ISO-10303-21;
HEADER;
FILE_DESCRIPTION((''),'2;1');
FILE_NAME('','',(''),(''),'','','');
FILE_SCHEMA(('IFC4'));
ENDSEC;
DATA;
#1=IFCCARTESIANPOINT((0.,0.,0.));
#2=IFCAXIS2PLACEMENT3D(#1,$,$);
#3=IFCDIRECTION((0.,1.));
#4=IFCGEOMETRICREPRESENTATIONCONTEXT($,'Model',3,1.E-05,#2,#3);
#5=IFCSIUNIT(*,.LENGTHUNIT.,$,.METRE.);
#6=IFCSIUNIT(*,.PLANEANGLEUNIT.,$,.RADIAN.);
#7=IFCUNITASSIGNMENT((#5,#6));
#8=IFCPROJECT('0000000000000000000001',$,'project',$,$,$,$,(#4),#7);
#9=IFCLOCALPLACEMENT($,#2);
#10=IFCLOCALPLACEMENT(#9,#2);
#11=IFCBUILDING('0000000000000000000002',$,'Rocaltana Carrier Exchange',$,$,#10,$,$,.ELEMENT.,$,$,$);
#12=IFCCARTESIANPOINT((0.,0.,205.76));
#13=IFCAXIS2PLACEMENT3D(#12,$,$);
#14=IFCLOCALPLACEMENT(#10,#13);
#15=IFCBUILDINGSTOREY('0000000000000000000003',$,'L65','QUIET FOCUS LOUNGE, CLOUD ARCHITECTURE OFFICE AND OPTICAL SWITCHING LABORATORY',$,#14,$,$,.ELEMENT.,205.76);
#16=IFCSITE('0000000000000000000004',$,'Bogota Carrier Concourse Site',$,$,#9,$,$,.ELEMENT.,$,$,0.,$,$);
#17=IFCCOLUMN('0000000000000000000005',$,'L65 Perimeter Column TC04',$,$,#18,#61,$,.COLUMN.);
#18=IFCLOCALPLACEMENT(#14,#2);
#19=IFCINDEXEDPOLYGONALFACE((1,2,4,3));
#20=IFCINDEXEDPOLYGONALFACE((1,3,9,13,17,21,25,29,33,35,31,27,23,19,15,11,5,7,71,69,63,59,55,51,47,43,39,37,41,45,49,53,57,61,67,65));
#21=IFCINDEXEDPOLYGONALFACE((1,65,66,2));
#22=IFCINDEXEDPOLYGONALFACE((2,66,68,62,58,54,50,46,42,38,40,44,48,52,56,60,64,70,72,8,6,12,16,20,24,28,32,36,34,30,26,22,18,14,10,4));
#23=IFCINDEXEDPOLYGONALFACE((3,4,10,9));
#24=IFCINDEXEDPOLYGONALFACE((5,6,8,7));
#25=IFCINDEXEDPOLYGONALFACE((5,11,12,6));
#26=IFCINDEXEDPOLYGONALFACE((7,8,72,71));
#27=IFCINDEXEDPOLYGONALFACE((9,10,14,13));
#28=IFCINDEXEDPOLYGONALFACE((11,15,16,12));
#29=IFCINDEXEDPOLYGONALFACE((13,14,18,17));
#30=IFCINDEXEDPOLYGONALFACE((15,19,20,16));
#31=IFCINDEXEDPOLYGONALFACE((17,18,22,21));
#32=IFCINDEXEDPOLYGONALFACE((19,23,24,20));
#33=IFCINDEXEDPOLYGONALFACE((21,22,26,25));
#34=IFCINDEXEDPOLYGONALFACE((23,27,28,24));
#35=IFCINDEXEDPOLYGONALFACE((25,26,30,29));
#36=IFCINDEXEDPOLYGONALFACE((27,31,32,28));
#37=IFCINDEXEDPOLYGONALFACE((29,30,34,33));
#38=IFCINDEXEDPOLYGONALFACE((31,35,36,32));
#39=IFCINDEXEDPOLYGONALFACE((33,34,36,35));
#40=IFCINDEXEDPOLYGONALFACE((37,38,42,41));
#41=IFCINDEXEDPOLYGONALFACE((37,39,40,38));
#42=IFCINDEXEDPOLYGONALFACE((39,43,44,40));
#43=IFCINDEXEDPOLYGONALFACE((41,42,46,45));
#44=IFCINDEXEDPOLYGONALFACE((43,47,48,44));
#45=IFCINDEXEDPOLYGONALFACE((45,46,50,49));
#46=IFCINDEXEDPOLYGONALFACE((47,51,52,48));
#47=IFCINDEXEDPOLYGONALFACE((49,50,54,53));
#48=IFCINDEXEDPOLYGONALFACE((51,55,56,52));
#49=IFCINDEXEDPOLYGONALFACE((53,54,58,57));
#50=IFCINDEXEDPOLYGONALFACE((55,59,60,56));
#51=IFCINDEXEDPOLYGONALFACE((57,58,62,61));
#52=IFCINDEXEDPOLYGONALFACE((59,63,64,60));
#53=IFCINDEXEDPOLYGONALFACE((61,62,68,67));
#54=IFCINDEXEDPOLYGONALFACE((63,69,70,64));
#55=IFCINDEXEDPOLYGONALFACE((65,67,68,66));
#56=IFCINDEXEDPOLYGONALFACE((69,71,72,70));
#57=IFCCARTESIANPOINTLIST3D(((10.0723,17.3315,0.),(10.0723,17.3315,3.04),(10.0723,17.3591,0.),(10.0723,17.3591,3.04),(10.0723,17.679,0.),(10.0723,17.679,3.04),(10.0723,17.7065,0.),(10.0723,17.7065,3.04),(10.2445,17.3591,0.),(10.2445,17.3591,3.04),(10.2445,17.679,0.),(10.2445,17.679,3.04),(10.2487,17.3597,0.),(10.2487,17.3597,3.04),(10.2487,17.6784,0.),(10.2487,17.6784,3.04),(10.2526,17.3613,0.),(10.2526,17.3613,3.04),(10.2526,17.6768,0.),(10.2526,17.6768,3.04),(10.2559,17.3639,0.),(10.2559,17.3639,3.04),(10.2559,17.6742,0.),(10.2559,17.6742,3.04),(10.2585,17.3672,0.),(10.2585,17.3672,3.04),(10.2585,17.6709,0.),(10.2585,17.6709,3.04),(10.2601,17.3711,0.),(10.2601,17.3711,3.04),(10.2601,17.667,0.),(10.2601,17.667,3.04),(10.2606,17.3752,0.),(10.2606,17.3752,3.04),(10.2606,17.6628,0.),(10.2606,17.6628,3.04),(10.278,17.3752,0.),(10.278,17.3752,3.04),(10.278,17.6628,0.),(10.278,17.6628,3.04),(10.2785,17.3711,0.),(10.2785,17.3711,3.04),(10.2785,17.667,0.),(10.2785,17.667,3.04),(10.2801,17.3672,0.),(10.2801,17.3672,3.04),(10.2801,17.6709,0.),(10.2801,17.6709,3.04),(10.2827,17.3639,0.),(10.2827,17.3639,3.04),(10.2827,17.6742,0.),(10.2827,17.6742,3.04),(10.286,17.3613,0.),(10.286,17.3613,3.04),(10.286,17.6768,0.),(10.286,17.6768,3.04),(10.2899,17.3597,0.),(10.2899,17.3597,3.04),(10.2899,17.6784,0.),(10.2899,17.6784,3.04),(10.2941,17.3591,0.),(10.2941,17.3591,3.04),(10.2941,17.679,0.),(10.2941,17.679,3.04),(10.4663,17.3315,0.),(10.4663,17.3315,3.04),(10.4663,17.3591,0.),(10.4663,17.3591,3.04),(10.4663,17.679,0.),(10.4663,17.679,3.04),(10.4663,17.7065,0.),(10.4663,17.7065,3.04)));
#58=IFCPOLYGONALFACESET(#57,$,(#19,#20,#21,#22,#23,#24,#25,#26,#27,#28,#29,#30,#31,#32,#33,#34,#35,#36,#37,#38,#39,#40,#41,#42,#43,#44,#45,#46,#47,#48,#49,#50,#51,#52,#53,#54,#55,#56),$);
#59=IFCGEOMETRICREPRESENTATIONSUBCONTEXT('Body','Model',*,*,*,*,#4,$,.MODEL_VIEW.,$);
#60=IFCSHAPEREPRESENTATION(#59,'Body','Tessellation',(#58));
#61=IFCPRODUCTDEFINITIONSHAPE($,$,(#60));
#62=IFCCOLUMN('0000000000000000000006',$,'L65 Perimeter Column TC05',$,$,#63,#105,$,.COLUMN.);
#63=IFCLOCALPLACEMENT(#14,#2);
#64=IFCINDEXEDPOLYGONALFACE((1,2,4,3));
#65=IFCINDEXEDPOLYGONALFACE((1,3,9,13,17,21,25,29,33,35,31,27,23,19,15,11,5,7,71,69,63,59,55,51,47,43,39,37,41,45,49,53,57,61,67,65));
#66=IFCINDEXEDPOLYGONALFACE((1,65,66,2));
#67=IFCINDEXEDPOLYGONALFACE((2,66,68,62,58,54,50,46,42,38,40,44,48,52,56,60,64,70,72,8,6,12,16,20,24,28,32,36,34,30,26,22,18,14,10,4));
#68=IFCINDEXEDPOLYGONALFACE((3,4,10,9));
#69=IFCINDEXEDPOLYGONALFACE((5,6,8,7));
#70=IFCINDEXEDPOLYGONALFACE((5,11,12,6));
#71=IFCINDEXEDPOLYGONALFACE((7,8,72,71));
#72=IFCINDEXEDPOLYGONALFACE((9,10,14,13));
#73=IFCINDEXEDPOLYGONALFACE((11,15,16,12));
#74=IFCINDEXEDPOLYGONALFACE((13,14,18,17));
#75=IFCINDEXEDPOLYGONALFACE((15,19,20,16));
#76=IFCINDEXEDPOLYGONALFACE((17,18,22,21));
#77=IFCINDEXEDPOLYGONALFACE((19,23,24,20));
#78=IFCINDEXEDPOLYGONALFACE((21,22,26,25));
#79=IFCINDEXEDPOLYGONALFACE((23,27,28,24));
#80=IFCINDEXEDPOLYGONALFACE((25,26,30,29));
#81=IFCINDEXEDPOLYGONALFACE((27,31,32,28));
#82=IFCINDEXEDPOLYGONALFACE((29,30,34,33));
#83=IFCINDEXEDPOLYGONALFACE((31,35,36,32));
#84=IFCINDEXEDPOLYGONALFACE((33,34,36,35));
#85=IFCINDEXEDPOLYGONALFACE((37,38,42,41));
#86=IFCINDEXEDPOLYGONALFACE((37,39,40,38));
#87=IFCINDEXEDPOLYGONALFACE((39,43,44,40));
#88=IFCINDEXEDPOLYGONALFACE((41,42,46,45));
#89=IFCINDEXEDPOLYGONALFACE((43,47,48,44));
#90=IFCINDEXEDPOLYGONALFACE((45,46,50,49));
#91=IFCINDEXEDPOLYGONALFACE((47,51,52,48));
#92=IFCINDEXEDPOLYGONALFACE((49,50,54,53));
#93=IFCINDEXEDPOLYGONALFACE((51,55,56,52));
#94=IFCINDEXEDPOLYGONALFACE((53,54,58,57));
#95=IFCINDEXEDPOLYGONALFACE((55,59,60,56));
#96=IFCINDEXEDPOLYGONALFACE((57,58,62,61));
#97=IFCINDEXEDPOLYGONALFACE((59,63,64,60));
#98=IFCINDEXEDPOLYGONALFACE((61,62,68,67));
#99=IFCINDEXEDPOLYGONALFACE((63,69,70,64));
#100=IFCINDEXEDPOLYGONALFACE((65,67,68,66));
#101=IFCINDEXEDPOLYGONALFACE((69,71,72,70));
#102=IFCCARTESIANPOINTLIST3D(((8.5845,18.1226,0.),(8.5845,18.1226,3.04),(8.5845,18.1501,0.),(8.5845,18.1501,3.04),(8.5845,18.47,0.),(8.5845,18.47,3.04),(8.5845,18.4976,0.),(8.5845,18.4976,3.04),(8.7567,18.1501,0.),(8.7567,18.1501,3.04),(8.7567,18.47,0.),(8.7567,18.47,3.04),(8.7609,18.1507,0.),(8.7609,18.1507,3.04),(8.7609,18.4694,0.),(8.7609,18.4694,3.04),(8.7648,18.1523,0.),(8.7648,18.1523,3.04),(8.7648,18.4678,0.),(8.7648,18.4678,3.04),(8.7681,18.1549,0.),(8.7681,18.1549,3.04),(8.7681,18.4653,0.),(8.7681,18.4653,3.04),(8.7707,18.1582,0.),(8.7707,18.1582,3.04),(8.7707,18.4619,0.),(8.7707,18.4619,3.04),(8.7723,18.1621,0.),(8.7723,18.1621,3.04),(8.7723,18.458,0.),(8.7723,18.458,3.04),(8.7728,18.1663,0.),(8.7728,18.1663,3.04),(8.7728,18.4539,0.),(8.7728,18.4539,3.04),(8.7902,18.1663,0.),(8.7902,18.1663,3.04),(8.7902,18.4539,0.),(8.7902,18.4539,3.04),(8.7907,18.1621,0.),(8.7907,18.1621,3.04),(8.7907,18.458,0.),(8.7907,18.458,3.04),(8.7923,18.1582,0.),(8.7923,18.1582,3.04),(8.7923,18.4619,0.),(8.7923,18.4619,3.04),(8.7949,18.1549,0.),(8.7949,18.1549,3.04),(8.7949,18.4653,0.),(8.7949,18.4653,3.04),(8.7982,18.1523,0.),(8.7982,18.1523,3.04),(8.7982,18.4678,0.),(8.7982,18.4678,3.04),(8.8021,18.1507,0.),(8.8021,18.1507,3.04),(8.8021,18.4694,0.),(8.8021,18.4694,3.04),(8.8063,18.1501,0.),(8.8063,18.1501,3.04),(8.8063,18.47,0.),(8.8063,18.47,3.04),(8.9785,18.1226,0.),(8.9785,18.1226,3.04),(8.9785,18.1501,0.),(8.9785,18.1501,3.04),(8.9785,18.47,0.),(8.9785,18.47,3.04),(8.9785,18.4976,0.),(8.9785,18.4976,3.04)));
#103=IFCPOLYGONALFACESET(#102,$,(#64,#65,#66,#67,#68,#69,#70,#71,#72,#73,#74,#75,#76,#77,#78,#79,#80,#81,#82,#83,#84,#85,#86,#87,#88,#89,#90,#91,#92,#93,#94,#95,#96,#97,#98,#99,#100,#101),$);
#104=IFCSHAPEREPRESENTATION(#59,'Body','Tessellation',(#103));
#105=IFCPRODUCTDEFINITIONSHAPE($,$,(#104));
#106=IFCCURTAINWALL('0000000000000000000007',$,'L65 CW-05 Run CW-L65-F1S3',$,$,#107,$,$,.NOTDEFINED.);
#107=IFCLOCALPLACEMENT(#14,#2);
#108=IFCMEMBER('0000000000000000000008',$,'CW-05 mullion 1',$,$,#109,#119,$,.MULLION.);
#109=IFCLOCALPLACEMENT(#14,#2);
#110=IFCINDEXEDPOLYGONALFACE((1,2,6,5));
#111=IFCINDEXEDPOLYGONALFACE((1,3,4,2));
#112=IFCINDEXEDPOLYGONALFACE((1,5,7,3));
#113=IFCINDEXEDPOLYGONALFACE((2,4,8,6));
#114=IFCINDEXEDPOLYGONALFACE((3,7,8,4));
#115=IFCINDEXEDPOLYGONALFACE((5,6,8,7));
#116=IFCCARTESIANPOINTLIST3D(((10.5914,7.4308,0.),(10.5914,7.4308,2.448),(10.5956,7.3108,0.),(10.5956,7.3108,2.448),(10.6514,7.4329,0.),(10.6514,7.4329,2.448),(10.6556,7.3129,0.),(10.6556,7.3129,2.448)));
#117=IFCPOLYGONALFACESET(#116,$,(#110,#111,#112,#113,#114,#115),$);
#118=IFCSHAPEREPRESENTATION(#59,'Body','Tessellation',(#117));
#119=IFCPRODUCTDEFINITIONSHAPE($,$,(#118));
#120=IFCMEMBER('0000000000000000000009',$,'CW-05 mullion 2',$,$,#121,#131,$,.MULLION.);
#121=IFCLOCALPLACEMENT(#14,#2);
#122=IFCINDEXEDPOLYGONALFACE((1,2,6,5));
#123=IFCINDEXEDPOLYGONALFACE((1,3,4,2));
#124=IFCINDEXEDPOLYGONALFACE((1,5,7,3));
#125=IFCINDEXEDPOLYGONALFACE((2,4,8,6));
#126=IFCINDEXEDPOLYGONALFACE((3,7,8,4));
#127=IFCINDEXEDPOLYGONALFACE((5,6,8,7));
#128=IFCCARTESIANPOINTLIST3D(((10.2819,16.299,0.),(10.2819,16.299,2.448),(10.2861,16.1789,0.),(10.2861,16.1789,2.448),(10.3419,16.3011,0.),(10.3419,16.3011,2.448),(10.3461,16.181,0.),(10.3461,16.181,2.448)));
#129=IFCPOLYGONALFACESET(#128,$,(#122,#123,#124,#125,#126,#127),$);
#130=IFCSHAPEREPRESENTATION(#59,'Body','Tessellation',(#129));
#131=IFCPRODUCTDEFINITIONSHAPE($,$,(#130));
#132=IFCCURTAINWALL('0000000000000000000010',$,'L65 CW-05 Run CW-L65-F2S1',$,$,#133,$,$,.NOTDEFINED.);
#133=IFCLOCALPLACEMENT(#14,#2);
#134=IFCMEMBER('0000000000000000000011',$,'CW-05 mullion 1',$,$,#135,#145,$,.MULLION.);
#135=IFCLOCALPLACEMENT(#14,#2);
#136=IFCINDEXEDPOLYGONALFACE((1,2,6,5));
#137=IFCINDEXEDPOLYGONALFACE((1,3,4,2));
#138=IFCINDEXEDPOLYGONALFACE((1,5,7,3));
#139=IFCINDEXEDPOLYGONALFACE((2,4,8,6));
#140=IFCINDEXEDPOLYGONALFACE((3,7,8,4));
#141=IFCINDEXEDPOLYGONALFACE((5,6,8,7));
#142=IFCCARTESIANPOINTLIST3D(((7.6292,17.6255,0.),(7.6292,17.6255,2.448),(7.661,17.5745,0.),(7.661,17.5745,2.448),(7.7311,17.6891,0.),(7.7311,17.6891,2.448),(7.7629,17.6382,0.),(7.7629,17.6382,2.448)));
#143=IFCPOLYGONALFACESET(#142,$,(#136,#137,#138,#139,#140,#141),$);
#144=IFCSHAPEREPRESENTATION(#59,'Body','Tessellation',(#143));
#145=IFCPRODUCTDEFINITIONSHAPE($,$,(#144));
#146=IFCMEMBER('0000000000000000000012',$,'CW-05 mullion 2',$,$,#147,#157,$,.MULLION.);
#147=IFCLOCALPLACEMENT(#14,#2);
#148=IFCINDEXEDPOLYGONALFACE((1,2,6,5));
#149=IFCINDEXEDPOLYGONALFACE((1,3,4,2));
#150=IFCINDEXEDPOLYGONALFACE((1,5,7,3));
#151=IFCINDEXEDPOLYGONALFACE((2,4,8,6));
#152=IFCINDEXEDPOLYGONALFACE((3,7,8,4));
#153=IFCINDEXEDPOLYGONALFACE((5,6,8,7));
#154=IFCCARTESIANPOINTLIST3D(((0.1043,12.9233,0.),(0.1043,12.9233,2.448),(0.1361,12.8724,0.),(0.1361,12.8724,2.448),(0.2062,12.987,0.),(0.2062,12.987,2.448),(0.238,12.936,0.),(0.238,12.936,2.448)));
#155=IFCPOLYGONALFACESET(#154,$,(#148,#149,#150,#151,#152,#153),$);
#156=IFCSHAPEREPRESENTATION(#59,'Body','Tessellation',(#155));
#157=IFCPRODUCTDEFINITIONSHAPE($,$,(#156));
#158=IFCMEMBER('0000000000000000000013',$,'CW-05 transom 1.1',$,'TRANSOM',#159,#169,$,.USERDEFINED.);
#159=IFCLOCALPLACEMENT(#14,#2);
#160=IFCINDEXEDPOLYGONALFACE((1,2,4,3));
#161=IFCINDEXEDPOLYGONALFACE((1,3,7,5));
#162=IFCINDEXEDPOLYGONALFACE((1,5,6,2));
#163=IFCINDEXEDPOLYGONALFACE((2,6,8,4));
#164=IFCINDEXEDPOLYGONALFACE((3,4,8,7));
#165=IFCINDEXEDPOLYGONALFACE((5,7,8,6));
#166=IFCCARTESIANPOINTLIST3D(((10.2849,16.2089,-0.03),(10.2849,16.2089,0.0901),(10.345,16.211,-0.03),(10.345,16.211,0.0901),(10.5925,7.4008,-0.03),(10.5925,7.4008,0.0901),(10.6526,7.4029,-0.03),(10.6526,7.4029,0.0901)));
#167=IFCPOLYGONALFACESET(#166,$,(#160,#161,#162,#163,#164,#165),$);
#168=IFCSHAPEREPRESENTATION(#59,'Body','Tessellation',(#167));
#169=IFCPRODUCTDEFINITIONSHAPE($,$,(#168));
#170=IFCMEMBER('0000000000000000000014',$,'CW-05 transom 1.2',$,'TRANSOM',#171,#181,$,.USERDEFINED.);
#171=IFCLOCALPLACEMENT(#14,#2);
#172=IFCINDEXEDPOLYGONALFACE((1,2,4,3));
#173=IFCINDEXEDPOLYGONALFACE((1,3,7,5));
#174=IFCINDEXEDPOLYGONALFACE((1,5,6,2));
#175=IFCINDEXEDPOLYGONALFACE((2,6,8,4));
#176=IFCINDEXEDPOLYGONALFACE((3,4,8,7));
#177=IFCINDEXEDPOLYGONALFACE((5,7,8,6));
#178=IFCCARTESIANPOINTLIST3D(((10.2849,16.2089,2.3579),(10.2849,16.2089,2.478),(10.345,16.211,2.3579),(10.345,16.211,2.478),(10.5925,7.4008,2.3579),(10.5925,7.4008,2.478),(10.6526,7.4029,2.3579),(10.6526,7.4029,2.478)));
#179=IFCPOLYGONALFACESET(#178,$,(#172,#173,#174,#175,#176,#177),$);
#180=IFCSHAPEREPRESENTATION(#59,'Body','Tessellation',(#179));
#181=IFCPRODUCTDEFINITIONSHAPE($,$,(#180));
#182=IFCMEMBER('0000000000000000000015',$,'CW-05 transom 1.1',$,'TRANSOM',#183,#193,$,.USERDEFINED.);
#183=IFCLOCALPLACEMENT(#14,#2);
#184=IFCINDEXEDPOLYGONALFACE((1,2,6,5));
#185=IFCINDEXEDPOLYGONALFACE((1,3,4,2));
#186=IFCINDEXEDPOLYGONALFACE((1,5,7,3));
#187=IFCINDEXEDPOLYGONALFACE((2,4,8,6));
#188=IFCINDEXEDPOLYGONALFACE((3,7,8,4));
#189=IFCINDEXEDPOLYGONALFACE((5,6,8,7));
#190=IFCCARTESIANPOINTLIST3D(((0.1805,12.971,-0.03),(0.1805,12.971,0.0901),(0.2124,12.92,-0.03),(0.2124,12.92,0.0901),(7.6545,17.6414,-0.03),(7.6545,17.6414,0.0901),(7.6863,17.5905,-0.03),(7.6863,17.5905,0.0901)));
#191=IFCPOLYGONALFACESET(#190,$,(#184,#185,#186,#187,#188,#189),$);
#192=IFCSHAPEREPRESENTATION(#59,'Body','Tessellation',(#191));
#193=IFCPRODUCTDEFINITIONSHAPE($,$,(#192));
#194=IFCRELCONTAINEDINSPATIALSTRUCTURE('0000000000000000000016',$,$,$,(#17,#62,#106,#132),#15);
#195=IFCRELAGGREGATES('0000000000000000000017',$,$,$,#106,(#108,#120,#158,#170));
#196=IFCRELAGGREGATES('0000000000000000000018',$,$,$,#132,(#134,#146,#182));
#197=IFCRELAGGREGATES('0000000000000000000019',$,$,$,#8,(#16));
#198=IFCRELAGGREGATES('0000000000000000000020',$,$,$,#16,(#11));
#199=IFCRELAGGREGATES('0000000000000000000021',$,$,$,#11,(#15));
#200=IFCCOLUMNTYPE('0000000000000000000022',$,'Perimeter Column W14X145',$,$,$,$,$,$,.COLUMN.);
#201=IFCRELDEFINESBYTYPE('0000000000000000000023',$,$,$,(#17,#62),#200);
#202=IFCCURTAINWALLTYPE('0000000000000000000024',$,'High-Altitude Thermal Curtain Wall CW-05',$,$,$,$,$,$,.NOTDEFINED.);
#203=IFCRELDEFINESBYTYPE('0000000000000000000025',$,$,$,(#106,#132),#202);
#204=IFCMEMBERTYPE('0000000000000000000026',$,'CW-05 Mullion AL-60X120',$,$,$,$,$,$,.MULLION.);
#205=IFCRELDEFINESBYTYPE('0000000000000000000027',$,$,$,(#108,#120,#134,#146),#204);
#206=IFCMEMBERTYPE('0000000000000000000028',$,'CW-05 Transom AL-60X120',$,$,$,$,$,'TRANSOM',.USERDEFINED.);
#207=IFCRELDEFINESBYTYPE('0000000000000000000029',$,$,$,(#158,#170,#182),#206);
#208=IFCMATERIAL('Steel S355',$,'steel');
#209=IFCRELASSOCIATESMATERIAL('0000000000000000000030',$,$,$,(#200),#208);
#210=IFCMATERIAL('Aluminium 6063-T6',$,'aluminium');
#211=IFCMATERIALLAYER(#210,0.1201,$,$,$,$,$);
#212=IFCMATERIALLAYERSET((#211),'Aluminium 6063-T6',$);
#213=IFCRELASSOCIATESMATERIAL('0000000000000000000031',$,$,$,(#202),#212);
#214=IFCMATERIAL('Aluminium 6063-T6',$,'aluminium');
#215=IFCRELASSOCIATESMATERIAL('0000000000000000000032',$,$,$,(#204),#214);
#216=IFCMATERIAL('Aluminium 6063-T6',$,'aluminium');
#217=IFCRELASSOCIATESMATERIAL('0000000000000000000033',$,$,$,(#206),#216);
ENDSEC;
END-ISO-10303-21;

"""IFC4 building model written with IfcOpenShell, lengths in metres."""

from ifc_helpers import new_model, si_unit, direction, frame, origin, origin_2d, place, context, subcontext, project, spatial, rectangle, i_section, extrude, material, layer, layer_set, material_profile, profile_set, type_object, element, aggregate, save


model = new_model("IFC4")

# Units and contexts
model_context = context("Model", 3, precision=1e-05, world=origin(), true_north=direction((0.0, 1.0)))
body_context = subcontext(model_context, "Body", "Model", "MODEL_VIEW")
ifc_project = project(units=[si_unit("LENGTHUNIT", "METRE"), si_unit("PLANEANGLEUNIT", "RADIAN")], contexts=[model_context])

# Site, building, storey
site_placement = place(None, origin())
site = spatial("IfcSite", under=ifc_project, at=site_placement, Name="Bogota Carrier Concourse Site", CompositionType="ELEMENT", RefElevation=0.0)
building_placement = place(site_placement, origin())
building = spatial("IfcBuilding", under=site, at=building_placement, Name="Rocaltana Carrier Exchange", CompositionType="ELEMENT")
storey_placement = place(building_placement, frame((0.0, 0.0, 205.76)))
storey = spatial("IfcBuildingStorey", under=building, at=storey_placement, Name="L65", Description="QUIET FOCUS LOUNGE, CLOUD ARCHITECTURE OFFICE AND OPTICAL SWITCHING LABORATORY", CompositionType="ELEMENT", Elevation=205.76)

# Columns
ifc_material_1 = material(Name="Steel S355", Category="steel")
ifc_material_profile_1 = material_profile(ifc_material_1, i_section(OverallWidth=0.394, OverallDepth=0.375, WebThickness=0.0173, FlangeThickness=0.0276, FilletRadius=0.0161, at=origin_2d()), Name="W14X145")
ifc_profile_set_1 = profile_set([ifc_material_profile_1], Name="Steel S355")
column_type = type_object("IfcColumnType", Name="Perimeter Column W14X145", PredefinedType="COLUMN", material=ifc_profile_set_1)
for number, where, z_axis, x_axis, name in (
    (1, (10.2693, 17.519, 0.0), (0.0, 0.0, 1.0), (1.0, 0.0, 0.0), "L65 Perimeter Column TC04"),
    (2, (8.7815, 18.3101, 0.0), (0.0, 0.0, 1.0), (1.0, 0.0, 0.0), "L65 Perimeter Column TC05"),
):
    element("IfcColumn", number, at=place(storey_placement, frame(where, z_axis=z_axis, x_axis=x_axis)), inside=storey, type_object=column_type, Name=name, PredefinedType="COLUMN", context=body_context, shape_type="SweptSolid", body=[
        extrude(i_section(OverallWidth=0.394, OverallDepth=0.375, WebThickness=0.0173, FlangeThickness=0.0276, FilletRadius=0.0161, at=origin_2d()), origin(), (0.0, 0.0, 1.0), 3.04),
    ])

# Curtain walls, members
ifc_material_2 = material(Name="Aluminium 6063-T6", Category="aluminium")
ifc_layer_1 = layer(ifc_material_2, 0.1201)
ifc_layer_set_1 = layer_set([ifc_layer_1], Name="Aluminium 6063-T6")
curtain_wall_type = type_object("IfcCurtainWallType", Name="High-Altitude Thermal Curtain Wall CW-05", PredefinedType="NOTDEFINED", material=ifc_layer_set_1)
curtain_wall_1_placement = place(storey_placement, origin())
curtain_wall_1 = element("IfcCurtainWall", 3, at=curtain_wall_1_placement, inside=storey, type_object=curtain_wall_type, Name="L65 CW-05 Run CW-L65-F1S3", PredefinedType="NOTDEFINED")
ifc_material_3 = material(Name="Aluminium 6063-T6", Category="aluminium")
ifc_material_profile_2 = material_profile(ifc_material_3, rectangle(XDim=0.0601, YDim=0.1201, at=origin_2d()), Name="AL-60X120")
ifc_profile_set_2 = profile_set([ifc_material_profile_2], Name="Aluminium 6063-T6")
member_type_1 = type_object("IfcMemberType", Name="CW-05 Mullion AL-60X120", PredefinedType="MULLION", material=ifc_profile_set_2)
member_1_placement = place(storey_placement, frame((10.6235, 7.3718, 0.0), z_axis=(0.0, 0.0, 1.0), x_axis=(-0.999391, -0.034903, 0.0)))
member_1 = element("IfcMember", 4, at=member_1_placement, type_object=member_type_1, Name="CW-05 mullion 1", PredefinedType="MULLION", context=body_context, shape_type="SweptSolid", body=[
    extrude(rectangle(XDim=0.0601, YDim=0.1201, at=origin_2d()), origin(), (0.0, 0.0, 1.0), 2.448),
])
member_2_placement = place(storey_placement, frame((10.314, 16.24, 0.0), z_axis=(0.0, 0.0, 1.0), x_axis=(-0.999391, -0.034903, 0.0)))
member_2 = element("IfcMember", 5, at=member_2_placement, type_object=member_type_1, Name="CW-05 mullion 2", PredefinedType="MULLION", context=body_context, shape_type="SweptSolid", body=[
    extrude(rectangle(XDim=0.0601, YDim=0.1201, at=origin_2d()), origin(), (0.0, 0.0, 1.0), 2.448),
])
curtain_wall_2_placement = place(storey_placement, origin())
curtain_wall_2 = element("IfcCurtainWall", 6, at=curtain_wall_2_placement, inside=storey, type_object=curtain_wall_type, Name="L65 CW-05 Run CW-L65-F2S1", PredefinedType="NOTDEFINED")
member_3_placement = place(storey_placement, frame((7.696, 17.6318, 0.0), z_axis=(0.0, 0.0, 1.0), x_axis=(0.529929, -0.848042, 0.0)))
member_3 = element("IfcMember", 7, at=member_3_placement, type_object=member_type_1, Name="CW-05 mullion 1", PredefinedType="MULLION", context=body_context, shape_type="SweptSolid", body=[
    extrude(rectangle(XDim=0.0601, YDim=0.1201, at=origin_2d()), origin(), (0.0, 0.0, 1.0), 2.448),
])
member_4_placement = place(storey_placement, frame((0.1711, 12.9297, 0.0), z_axis=(0.0, 0.0, 1.0), x_axis=(0.529929, -0.848042, 0.0)))
member_4 = element("IfcMember", 8, at=member_4_placement, type_object=member_type_1, Name="CW-05 mullion 2", PredefinedType="MULLION", context=body_context, shape_type="SweptSolid", body=[
    extrude(rectangle(XDim=0.0601, YDim=0.1201, at=origin_2d()), origin(), (0.0, 0.0, 1.0), 2.448),
])

# Members
ifc_material_4 = material(Name="Aluminium 6063-T6", Category="aluminium")
ifc_material_profile_3 = material_profile(ifc_material_4, rectangle(XDim=0.0601, YDim=0.1201, at=origin_2d()), Name="AL-60X120")
ifc_profile_set_3 = profile_set([ifc_material_profile_3], Name="Aluminium 6063-T6")
member_type_2 = type_object("IfcMemberType", Name="CW-05 Transom AL-60X120", ElementType="TRANSOM", PredefinedType="USERDEFINED", material=ifc_profile_set_3)
member_5_placement = place(storey_placement, frame((10.6226, 7.4019, 0.03), z_axis=(-0.034903, 0.999391, 0.0), x_axis=(-0.999391, -0.034903, 0.0)))
member_5 = element("IfcMember", 9, at=member_5_placement, type_object=member_type_2, Name="CW-05 transom 1.1", ObjectType="TRANSOM", PredefinedType="USERDEFINED", context=body_context, shape_type="SweptSolid", body=[
    extrude(rectangle(XDim=0.0601, YDim=0.1201, at=origin_2d()), origin(), (0.0, 0.0, 1.0), 8.8135),
])
member_6_placement = place(storey_placement, frame((10.6226, 7.4019, 2.418), z_axis=(-0.034903, 0.999391, 0.0), x_axis=(-0.999391, -0.034903, 0.0)))
member_6 = element("IfcMember", 10, at=member_6_placement, type_object=member_type_2, Name="CW-05 transom 1.2", ObjectType="TRANSOM", PredefinedType="USERDEFINED", context=body_context, shape_type="SweptSolid", body=[
    extrude(rectangle(XDim=0.0601, YDim=0.1201, at=origin_2d()), origin(), (0.0, 0.0, 1.0), 8.8135),
])
member_7_placement = place(storey_placement, frame((7.6704, 17.616, 0.03), z_axis=(-0.848037, -0.529937, 0.0), x_axis=(0.529937, -0.848037, 0.0)))
member_7 = element("IfcMember", 11, at=member_7_placement, type_object=member_type_2, Name="CW-05 transom 1.1", ObjectType="TRANSOM", PredefinedType="USERDEFINED", context=body_context, shape_type="SweptSolid", body=[
    extrude(rectangle(XDim=0.0601, YDim=0.1201, at=origin_2d()), origin(), (0.0, 0.0, 1.0), 8.8132),
])

aggregate(curtain_wall_1, [member_1, member_2, member_5, member_6])
aggregate(curtain_wall_2, [member_3, member_4, member_7])

save(model, "model.ifc")
